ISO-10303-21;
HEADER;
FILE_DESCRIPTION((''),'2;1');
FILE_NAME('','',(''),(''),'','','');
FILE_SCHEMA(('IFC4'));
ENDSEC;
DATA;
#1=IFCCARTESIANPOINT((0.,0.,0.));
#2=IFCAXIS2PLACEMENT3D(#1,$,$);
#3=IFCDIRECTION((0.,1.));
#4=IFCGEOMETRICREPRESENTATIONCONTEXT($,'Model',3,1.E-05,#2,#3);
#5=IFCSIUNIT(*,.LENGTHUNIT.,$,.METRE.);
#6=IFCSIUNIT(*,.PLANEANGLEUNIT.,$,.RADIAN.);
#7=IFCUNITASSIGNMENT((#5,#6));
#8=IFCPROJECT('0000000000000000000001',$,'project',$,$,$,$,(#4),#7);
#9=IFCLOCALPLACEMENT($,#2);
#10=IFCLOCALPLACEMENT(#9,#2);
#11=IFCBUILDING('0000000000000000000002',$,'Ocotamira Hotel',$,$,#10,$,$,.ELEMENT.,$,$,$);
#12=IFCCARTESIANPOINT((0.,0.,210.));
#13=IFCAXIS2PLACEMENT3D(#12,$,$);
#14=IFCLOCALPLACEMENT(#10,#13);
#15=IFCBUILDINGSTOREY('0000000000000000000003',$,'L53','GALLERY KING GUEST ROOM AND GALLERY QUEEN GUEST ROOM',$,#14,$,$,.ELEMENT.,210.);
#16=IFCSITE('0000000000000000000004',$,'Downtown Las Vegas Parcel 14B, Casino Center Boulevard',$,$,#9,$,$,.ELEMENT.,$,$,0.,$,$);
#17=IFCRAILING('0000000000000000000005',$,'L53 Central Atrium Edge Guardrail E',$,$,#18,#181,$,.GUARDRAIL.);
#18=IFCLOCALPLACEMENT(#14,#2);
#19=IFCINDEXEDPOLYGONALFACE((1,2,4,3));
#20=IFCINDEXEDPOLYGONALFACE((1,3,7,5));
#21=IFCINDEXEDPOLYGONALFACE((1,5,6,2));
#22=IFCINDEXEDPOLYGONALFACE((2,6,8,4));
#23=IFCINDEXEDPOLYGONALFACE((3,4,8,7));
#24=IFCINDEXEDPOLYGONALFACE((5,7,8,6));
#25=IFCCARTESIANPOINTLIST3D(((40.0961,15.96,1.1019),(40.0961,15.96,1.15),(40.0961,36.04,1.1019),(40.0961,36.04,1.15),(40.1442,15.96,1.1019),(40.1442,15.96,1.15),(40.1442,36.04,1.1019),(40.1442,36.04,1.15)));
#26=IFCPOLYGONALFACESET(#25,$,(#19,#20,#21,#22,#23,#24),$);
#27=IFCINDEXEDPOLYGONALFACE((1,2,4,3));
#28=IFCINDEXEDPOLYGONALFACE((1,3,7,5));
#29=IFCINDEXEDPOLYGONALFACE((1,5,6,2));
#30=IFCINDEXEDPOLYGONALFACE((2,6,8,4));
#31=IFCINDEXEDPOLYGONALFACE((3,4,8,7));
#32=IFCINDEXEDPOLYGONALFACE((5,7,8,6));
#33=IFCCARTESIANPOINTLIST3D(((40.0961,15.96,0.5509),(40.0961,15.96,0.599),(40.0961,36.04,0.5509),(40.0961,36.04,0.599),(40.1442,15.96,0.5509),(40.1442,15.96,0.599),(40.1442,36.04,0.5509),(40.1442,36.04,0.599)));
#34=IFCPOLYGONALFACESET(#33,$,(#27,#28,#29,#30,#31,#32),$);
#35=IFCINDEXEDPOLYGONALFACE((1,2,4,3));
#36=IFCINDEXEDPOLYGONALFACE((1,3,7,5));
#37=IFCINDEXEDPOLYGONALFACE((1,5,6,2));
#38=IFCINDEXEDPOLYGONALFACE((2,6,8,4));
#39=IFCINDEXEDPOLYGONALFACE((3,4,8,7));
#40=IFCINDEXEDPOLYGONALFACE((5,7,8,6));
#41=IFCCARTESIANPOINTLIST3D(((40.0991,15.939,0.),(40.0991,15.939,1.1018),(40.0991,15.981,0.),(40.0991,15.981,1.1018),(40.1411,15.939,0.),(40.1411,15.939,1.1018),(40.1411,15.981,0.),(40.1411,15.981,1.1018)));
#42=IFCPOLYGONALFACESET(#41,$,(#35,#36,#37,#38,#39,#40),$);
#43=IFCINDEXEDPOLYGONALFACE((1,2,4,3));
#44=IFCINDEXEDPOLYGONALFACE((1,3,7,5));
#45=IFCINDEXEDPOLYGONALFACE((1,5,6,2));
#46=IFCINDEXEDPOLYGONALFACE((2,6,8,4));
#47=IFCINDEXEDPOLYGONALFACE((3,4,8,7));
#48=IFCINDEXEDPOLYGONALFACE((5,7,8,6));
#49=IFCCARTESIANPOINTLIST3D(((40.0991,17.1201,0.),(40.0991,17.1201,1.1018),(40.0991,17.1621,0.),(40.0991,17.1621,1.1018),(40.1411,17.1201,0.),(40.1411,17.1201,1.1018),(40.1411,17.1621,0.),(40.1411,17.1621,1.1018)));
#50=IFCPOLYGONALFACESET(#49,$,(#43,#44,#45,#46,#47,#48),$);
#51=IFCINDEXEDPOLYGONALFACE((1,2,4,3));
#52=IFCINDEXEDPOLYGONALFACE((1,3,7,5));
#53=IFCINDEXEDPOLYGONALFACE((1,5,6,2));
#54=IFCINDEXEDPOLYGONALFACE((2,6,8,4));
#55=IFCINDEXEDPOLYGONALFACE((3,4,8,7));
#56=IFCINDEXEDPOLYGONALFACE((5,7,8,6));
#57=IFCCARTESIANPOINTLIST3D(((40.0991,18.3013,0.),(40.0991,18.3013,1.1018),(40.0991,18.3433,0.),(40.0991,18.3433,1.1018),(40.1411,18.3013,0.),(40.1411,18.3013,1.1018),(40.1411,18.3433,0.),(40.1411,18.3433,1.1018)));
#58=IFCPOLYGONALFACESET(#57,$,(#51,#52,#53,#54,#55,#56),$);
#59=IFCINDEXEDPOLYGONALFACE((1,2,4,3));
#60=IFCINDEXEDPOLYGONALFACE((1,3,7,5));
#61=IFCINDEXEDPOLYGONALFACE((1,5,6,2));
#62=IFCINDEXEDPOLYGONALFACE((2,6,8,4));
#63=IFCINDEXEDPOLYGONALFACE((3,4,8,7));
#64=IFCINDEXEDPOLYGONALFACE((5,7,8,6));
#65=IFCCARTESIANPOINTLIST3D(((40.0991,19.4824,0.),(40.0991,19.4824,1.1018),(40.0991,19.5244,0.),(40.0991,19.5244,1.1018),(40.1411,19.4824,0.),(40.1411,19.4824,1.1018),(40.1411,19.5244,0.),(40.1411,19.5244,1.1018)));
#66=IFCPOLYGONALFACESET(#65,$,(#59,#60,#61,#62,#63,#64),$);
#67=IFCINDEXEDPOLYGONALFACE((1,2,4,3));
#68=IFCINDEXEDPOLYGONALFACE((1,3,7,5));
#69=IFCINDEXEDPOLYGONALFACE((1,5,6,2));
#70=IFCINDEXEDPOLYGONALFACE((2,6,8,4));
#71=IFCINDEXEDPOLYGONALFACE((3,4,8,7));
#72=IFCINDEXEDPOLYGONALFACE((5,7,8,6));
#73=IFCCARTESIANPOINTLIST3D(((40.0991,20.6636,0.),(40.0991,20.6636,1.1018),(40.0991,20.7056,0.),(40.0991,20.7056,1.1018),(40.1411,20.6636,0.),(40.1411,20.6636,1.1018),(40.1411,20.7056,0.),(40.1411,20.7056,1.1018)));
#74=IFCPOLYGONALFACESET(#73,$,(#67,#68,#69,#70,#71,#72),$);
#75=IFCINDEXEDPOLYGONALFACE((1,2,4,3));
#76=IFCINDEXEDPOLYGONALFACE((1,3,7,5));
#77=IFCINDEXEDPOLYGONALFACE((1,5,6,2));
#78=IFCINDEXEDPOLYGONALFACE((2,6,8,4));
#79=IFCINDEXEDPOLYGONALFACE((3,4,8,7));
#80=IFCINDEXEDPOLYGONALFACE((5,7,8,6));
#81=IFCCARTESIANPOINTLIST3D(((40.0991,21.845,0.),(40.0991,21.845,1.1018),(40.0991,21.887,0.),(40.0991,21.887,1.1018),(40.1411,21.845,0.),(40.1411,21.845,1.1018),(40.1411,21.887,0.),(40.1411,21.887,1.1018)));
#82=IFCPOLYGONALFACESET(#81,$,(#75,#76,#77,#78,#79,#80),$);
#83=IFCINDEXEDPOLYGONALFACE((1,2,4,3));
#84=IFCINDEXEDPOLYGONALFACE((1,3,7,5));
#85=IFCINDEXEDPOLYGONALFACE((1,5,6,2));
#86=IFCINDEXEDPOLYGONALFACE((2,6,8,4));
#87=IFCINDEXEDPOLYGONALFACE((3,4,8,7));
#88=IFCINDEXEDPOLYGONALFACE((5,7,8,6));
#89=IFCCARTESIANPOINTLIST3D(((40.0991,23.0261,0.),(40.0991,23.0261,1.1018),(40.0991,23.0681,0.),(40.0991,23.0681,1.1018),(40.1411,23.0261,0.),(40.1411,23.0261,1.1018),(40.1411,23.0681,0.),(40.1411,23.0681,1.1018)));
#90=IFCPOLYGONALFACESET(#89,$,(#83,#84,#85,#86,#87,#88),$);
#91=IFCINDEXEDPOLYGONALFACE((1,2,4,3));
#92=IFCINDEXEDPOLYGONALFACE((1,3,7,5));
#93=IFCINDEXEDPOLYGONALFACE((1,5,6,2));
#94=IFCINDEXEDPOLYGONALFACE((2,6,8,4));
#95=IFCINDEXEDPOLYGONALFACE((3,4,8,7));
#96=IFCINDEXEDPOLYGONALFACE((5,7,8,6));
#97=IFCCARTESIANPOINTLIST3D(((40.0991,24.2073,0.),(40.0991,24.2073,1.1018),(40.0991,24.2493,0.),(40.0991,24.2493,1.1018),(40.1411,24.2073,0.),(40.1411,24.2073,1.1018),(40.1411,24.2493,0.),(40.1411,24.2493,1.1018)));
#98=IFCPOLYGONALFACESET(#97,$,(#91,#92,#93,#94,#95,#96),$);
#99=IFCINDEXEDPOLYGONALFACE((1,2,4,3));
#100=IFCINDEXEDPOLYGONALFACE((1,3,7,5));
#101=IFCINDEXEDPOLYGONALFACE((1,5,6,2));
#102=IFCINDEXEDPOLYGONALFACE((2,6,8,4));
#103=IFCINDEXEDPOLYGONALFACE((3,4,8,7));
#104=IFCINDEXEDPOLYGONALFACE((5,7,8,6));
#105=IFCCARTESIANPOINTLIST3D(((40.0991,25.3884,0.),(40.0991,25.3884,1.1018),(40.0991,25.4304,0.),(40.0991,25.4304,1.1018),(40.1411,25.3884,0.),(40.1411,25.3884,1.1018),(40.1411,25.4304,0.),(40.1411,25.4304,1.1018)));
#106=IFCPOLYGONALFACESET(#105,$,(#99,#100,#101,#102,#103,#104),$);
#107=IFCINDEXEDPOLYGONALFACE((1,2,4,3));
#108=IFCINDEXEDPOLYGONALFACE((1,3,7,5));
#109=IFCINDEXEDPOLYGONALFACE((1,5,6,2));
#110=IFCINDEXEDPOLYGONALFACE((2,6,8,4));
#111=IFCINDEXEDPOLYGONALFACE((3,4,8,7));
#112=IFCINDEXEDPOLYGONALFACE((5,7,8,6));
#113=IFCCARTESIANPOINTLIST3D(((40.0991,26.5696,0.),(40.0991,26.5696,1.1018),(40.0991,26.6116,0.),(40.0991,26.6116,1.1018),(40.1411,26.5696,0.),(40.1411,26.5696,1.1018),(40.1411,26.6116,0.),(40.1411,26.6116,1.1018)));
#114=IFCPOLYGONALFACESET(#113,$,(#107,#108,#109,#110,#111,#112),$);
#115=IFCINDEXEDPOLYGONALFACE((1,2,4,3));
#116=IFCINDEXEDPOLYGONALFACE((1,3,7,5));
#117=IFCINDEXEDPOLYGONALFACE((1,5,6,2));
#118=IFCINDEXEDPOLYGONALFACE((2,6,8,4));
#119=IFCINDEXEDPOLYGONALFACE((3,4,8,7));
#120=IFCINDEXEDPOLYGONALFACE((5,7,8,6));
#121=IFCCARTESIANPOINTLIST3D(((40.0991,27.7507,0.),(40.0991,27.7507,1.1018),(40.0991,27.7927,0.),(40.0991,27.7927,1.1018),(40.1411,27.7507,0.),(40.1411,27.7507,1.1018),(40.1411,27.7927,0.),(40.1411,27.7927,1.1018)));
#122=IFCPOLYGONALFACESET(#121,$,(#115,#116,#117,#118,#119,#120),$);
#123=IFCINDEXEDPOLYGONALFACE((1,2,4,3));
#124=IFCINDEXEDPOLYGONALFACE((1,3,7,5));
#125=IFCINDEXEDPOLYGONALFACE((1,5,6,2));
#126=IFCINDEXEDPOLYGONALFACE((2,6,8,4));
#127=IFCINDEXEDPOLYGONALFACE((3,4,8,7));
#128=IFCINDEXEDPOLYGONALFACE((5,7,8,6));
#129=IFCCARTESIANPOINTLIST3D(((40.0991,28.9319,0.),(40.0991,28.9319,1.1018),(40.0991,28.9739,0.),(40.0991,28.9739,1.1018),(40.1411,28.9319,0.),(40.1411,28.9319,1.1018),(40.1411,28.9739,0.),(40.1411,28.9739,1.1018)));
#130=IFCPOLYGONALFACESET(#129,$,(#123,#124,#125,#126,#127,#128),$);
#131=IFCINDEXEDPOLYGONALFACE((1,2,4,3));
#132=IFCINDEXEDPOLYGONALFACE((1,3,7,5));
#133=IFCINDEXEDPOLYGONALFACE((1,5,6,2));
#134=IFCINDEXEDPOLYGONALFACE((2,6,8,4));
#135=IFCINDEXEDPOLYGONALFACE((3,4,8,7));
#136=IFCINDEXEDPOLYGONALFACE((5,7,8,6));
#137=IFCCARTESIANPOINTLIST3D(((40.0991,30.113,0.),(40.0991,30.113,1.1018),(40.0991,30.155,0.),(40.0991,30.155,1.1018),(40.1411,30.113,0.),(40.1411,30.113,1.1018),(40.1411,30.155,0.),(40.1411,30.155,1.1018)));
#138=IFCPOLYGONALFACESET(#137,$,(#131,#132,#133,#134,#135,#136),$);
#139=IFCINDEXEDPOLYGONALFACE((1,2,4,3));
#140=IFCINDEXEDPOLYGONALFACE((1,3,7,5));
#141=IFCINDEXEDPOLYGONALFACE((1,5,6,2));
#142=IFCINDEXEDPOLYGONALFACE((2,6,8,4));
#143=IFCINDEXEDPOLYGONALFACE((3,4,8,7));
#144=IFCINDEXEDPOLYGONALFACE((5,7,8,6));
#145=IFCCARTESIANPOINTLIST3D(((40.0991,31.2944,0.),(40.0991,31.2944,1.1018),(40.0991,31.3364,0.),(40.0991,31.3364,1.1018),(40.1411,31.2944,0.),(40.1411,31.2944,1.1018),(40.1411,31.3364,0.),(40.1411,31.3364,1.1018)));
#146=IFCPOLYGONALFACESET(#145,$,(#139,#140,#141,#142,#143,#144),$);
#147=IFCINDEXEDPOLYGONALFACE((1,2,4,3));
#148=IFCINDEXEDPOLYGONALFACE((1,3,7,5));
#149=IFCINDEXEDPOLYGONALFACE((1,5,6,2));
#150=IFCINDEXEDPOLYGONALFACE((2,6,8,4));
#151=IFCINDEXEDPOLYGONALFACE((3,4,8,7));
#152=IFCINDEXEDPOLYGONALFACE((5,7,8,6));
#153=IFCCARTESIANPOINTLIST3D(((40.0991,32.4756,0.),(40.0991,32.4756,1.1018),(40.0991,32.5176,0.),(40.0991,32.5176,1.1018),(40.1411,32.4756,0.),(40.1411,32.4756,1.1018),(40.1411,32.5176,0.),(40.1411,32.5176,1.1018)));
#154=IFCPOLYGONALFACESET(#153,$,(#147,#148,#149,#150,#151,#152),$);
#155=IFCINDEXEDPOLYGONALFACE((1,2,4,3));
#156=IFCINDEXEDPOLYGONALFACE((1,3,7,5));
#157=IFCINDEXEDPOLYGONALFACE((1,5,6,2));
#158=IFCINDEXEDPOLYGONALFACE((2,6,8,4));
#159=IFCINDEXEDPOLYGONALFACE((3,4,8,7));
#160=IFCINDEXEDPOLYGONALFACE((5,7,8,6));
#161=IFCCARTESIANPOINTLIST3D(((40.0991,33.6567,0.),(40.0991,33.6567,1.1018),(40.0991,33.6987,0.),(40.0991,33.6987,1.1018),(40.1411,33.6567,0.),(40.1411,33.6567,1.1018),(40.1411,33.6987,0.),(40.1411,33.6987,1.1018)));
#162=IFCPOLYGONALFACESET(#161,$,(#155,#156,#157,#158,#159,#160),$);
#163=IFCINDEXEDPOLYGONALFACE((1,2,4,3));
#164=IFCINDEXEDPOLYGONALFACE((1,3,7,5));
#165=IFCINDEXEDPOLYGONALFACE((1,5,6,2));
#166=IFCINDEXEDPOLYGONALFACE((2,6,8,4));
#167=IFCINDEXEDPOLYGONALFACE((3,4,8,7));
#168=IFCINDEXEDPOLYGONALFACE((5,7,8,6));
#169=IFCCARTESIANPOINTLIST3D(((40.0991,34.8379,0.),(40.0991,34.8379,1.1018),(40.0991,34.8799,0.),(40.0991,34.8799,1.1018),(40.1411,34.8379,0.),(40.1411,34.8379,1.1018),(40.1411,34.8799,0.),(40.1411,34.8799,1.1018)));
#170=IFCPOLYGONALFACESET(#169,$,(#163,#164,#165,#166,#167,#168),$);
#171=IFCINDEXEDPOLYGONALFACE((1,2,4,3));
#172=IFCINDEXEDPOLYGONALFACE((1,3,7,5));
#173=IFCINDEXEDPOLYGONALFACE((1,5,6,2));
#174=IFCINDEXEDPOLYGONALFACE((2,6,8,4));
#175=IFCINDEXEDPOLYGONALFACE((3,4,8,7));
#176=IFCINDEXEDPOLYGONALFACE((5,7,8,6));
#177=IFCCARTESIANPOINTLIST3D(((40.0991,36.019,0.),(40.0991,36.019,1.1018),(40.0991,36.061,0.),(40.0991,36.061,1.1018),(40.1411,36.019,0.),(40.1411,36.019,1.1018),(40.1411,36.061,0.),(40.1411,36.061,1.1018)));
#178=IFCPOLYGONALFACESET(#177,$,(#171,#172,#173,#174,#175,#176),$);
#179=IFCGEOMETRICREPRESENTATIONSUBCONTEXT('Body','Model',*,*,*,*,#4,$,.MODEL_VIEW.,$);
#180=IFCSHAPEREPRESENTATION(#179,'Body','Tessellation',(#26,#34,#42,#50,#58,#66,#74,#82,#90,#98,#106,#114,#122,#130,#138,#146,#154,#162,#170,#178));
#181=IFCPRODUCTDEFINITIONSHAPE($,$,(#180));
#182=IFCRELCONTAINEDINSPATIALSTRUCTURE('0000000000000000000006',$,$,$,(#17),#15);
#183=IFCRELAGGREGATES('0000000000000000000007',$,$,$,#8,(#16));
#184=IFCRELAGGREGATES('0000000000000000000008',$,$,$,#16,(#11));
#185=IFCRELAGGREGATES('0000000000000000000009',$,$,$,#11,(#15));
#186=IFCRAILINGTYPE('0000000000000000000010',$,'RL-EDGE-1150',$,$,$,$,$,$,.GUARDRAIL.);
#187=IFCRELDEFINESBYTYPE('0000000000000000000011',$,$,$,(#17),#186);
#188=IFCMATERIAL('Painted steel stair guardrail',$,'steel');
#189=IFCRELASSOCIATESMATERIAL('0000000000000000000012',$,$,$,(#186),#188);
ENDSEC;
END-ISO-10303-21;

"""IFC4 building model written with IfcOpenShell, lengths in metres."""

from ifc_helpers import new_model, si_unit, direction, frame, origin, origin_2d, place, context, subcontext, project, spatial, rectangle, extrude, material, type_object, element, save


model = new_model("IFC4")

# Units and contexts
model_context = context("Model", 3, precision=1e-05, world=origin(), true_north=direction((0.0, 1.0)))
body_context = subcontext(model_context, "Body", "Model", "MODEL_VIEW")
ifc_project = project(units=[si_unit("LENGTHUNIT", "METRE"), si_unit("PLANEANGLEUNIT", "RADIAN")], contexts=[model_context])

# Site, building, storey
site_placement = place(None, origin())
site = spatial("IfcSite", under=ifc_project, at=site_placement, Name="Downtown Las Vegas Parcel 14B, Casino Center Boulevard", CompositionType="ELEMENT", RefElevation=0.0)
building_placement = place(site_placement, origin())
building = spatial("IfcBuilding", under=site, at=building_placement, Name="Ocotamira Hotel", CompositionType="ELEMENT")
storey_placement = place(building_placement, frame((0.0, 0.0, 210.0)))
storey = spatial("IfcBuildingStorey", under=building, at=storey_placement, Name="L53", Description="GALLERY KING GUEST ROOM AND GALLERY QUEEN GUEST ROOM", CompositionType="ELEMENT", Elevation=210.0)

# Railing
ifc_material_1 = material(Name="Painted steel stair guardrail", Category="steel")
railing_type = type_object("IfcRailingType", Name="RL-EDGE-1150", PredefinedType="GUARDRAIL", material=ifc_material_1)
railing_1_placement = place(storey_placement, frame((40.1201, 15.96, 0.0)))
element("IfcRailing", 1, at=railing_1_placement, inside=storey, type_object=railing_type, Name="L53 Central Atrium Edge Guardrail E", PredefinedType="GUARDRAIL", context=body_context, shape_type="SweptSolid", body=[
    extrude(rectangle(XDim=0.0481, YDim=0.0481, at=origin_2d()), frame((0.0, 0.0, 1.126), z_axis=(0.0, 1.0, 0.0), x_axis=(-1.0, 0.0, 0.0)), (0.0, 0.0, 1.0), 20.0801),
    extrude(rectangle(XDim=0.0481, YDim=0.0481, at=origin_2d()), frame((0.0, 0.0, 0.575), z_axis=(0.0, 1.0, 0.0), x_axis=(-1.0, 0.0, 0.0)), (0.0, 0.0, 1.0), 20.0801),
    extrude(rectangle(XDim=0.042, YDim=0.042, at=origin_2d()), origin(), (0.0, 0.0, 1.0), 1.1018),
    extrude(rectangle(XDim=0.042, YDim=0.042, at=origin_2d()), frame((0.0, 1.1812, 0.0)), (0.0, 0.0, 1.0), 1.1018),
    extrude(rectangle(XDim=0.042, YDim=0.042, at=origin_2d()), frame((0.0, 2.3623, 0.0)), (0.0, 0.0, 1.0), 1.1018),
    extrude(rectangle(XDim=0.042, YDim=0.042, at=origin_2d()), frame((0.0, 3.5435, 0.0)), (0.0, 0.0, 1.0), 1.1018),
    extrude(rectangle(XDim=0.042, YDim=0.042, at=origin_2d()), frame((0.0, 4.7246, 0.0)), (0.0, 0.0, 1.0), 1.1018),
    extrude(rectangle(XDim=0.042, YDim=0.042, at=origin_2d()), frame((0.0, 5.906, 0.0)), (0.0, 0.0, 1.0), 1.1018),
    extrude(rectangle(XDim=0.042, YDim=0.042, at=origin_2d()), frame((0.0, 7.0872, 0.0)), (0.0, 0.0, 1.0), 1.1018),
    extrude(rectangle(XDim=0.042, YDim=0.042, at=origin_2d()), frame((0.0, 8.2683, 0.0)), (0.0, 0.0, 1.0), 1.1018),
    extrude(rectangle(XDim=0.042, YDim=0.042, at=origin_2d()), frame((0.0, 9.4495, 0.0)), (0.0, 0.0, 1.0), 1.1018),
    extrude(rectangle(XDim=0.042, YDim=0.042, at=origin_2d()), frame((0.0, 10.6306, 0.0)), (0.0, 0.0, 1.0), 1.1018),
    extrude(rectangle(XDim=0.042, YDim=0.042, at=origin_2d()), frame((0.0, 11.8118, 0.0)), (0.0, 0.0, 1.0), 1.1018),
    extrude(rectangle(XDim=0.042, YDim=0.042, at=origin_2d()), frame((0.0, 12.9929, 0.0)), (0.0, 0.0, 1.0), 1.1018),
    extrude(rectangle(XDim=0.042, YDim=0.042, at=origin_2d()), frame((0.0, 14.1741, 0.0)), (0.0, 0.0, 1.0), 1.1018),
    extrude(rectangle(XDim=0.042, YDim=0.042, at=origin_2d()), frame((0.0, 15.3555, 0.0)), (0.0, 0.0, 1.0), 1.1018),
    extrude(rectangle(XDim=0.042, YDim=0.042, at=origin_2d()), frame((0.0, 16.5366, 0.0)), (0.0, 0.0, 1.0), 1.1018),
    extrude(rectangle(XDim=0.042, YDim=0.042, at=origin_2d()), frame((0.0, 17.7178, 0.0)), (0.0, 0.0, 1.0), 1.1018),
    extrude(rectangle(XDim=0.042, YDim=0.042, at=origin_2d()), frame((0.0, 18.8989, 0.0)), (0.0, 0.0, 1.0), 1.1018),
    extrude(rectangle(XDim=0.042, YDim=0.042, at=origin_2d()), frame((0.0, 20.0801, 0.0)), (0.0, 0.0, 1.0), 1.1018),
])

save(model, "model.ifc")
